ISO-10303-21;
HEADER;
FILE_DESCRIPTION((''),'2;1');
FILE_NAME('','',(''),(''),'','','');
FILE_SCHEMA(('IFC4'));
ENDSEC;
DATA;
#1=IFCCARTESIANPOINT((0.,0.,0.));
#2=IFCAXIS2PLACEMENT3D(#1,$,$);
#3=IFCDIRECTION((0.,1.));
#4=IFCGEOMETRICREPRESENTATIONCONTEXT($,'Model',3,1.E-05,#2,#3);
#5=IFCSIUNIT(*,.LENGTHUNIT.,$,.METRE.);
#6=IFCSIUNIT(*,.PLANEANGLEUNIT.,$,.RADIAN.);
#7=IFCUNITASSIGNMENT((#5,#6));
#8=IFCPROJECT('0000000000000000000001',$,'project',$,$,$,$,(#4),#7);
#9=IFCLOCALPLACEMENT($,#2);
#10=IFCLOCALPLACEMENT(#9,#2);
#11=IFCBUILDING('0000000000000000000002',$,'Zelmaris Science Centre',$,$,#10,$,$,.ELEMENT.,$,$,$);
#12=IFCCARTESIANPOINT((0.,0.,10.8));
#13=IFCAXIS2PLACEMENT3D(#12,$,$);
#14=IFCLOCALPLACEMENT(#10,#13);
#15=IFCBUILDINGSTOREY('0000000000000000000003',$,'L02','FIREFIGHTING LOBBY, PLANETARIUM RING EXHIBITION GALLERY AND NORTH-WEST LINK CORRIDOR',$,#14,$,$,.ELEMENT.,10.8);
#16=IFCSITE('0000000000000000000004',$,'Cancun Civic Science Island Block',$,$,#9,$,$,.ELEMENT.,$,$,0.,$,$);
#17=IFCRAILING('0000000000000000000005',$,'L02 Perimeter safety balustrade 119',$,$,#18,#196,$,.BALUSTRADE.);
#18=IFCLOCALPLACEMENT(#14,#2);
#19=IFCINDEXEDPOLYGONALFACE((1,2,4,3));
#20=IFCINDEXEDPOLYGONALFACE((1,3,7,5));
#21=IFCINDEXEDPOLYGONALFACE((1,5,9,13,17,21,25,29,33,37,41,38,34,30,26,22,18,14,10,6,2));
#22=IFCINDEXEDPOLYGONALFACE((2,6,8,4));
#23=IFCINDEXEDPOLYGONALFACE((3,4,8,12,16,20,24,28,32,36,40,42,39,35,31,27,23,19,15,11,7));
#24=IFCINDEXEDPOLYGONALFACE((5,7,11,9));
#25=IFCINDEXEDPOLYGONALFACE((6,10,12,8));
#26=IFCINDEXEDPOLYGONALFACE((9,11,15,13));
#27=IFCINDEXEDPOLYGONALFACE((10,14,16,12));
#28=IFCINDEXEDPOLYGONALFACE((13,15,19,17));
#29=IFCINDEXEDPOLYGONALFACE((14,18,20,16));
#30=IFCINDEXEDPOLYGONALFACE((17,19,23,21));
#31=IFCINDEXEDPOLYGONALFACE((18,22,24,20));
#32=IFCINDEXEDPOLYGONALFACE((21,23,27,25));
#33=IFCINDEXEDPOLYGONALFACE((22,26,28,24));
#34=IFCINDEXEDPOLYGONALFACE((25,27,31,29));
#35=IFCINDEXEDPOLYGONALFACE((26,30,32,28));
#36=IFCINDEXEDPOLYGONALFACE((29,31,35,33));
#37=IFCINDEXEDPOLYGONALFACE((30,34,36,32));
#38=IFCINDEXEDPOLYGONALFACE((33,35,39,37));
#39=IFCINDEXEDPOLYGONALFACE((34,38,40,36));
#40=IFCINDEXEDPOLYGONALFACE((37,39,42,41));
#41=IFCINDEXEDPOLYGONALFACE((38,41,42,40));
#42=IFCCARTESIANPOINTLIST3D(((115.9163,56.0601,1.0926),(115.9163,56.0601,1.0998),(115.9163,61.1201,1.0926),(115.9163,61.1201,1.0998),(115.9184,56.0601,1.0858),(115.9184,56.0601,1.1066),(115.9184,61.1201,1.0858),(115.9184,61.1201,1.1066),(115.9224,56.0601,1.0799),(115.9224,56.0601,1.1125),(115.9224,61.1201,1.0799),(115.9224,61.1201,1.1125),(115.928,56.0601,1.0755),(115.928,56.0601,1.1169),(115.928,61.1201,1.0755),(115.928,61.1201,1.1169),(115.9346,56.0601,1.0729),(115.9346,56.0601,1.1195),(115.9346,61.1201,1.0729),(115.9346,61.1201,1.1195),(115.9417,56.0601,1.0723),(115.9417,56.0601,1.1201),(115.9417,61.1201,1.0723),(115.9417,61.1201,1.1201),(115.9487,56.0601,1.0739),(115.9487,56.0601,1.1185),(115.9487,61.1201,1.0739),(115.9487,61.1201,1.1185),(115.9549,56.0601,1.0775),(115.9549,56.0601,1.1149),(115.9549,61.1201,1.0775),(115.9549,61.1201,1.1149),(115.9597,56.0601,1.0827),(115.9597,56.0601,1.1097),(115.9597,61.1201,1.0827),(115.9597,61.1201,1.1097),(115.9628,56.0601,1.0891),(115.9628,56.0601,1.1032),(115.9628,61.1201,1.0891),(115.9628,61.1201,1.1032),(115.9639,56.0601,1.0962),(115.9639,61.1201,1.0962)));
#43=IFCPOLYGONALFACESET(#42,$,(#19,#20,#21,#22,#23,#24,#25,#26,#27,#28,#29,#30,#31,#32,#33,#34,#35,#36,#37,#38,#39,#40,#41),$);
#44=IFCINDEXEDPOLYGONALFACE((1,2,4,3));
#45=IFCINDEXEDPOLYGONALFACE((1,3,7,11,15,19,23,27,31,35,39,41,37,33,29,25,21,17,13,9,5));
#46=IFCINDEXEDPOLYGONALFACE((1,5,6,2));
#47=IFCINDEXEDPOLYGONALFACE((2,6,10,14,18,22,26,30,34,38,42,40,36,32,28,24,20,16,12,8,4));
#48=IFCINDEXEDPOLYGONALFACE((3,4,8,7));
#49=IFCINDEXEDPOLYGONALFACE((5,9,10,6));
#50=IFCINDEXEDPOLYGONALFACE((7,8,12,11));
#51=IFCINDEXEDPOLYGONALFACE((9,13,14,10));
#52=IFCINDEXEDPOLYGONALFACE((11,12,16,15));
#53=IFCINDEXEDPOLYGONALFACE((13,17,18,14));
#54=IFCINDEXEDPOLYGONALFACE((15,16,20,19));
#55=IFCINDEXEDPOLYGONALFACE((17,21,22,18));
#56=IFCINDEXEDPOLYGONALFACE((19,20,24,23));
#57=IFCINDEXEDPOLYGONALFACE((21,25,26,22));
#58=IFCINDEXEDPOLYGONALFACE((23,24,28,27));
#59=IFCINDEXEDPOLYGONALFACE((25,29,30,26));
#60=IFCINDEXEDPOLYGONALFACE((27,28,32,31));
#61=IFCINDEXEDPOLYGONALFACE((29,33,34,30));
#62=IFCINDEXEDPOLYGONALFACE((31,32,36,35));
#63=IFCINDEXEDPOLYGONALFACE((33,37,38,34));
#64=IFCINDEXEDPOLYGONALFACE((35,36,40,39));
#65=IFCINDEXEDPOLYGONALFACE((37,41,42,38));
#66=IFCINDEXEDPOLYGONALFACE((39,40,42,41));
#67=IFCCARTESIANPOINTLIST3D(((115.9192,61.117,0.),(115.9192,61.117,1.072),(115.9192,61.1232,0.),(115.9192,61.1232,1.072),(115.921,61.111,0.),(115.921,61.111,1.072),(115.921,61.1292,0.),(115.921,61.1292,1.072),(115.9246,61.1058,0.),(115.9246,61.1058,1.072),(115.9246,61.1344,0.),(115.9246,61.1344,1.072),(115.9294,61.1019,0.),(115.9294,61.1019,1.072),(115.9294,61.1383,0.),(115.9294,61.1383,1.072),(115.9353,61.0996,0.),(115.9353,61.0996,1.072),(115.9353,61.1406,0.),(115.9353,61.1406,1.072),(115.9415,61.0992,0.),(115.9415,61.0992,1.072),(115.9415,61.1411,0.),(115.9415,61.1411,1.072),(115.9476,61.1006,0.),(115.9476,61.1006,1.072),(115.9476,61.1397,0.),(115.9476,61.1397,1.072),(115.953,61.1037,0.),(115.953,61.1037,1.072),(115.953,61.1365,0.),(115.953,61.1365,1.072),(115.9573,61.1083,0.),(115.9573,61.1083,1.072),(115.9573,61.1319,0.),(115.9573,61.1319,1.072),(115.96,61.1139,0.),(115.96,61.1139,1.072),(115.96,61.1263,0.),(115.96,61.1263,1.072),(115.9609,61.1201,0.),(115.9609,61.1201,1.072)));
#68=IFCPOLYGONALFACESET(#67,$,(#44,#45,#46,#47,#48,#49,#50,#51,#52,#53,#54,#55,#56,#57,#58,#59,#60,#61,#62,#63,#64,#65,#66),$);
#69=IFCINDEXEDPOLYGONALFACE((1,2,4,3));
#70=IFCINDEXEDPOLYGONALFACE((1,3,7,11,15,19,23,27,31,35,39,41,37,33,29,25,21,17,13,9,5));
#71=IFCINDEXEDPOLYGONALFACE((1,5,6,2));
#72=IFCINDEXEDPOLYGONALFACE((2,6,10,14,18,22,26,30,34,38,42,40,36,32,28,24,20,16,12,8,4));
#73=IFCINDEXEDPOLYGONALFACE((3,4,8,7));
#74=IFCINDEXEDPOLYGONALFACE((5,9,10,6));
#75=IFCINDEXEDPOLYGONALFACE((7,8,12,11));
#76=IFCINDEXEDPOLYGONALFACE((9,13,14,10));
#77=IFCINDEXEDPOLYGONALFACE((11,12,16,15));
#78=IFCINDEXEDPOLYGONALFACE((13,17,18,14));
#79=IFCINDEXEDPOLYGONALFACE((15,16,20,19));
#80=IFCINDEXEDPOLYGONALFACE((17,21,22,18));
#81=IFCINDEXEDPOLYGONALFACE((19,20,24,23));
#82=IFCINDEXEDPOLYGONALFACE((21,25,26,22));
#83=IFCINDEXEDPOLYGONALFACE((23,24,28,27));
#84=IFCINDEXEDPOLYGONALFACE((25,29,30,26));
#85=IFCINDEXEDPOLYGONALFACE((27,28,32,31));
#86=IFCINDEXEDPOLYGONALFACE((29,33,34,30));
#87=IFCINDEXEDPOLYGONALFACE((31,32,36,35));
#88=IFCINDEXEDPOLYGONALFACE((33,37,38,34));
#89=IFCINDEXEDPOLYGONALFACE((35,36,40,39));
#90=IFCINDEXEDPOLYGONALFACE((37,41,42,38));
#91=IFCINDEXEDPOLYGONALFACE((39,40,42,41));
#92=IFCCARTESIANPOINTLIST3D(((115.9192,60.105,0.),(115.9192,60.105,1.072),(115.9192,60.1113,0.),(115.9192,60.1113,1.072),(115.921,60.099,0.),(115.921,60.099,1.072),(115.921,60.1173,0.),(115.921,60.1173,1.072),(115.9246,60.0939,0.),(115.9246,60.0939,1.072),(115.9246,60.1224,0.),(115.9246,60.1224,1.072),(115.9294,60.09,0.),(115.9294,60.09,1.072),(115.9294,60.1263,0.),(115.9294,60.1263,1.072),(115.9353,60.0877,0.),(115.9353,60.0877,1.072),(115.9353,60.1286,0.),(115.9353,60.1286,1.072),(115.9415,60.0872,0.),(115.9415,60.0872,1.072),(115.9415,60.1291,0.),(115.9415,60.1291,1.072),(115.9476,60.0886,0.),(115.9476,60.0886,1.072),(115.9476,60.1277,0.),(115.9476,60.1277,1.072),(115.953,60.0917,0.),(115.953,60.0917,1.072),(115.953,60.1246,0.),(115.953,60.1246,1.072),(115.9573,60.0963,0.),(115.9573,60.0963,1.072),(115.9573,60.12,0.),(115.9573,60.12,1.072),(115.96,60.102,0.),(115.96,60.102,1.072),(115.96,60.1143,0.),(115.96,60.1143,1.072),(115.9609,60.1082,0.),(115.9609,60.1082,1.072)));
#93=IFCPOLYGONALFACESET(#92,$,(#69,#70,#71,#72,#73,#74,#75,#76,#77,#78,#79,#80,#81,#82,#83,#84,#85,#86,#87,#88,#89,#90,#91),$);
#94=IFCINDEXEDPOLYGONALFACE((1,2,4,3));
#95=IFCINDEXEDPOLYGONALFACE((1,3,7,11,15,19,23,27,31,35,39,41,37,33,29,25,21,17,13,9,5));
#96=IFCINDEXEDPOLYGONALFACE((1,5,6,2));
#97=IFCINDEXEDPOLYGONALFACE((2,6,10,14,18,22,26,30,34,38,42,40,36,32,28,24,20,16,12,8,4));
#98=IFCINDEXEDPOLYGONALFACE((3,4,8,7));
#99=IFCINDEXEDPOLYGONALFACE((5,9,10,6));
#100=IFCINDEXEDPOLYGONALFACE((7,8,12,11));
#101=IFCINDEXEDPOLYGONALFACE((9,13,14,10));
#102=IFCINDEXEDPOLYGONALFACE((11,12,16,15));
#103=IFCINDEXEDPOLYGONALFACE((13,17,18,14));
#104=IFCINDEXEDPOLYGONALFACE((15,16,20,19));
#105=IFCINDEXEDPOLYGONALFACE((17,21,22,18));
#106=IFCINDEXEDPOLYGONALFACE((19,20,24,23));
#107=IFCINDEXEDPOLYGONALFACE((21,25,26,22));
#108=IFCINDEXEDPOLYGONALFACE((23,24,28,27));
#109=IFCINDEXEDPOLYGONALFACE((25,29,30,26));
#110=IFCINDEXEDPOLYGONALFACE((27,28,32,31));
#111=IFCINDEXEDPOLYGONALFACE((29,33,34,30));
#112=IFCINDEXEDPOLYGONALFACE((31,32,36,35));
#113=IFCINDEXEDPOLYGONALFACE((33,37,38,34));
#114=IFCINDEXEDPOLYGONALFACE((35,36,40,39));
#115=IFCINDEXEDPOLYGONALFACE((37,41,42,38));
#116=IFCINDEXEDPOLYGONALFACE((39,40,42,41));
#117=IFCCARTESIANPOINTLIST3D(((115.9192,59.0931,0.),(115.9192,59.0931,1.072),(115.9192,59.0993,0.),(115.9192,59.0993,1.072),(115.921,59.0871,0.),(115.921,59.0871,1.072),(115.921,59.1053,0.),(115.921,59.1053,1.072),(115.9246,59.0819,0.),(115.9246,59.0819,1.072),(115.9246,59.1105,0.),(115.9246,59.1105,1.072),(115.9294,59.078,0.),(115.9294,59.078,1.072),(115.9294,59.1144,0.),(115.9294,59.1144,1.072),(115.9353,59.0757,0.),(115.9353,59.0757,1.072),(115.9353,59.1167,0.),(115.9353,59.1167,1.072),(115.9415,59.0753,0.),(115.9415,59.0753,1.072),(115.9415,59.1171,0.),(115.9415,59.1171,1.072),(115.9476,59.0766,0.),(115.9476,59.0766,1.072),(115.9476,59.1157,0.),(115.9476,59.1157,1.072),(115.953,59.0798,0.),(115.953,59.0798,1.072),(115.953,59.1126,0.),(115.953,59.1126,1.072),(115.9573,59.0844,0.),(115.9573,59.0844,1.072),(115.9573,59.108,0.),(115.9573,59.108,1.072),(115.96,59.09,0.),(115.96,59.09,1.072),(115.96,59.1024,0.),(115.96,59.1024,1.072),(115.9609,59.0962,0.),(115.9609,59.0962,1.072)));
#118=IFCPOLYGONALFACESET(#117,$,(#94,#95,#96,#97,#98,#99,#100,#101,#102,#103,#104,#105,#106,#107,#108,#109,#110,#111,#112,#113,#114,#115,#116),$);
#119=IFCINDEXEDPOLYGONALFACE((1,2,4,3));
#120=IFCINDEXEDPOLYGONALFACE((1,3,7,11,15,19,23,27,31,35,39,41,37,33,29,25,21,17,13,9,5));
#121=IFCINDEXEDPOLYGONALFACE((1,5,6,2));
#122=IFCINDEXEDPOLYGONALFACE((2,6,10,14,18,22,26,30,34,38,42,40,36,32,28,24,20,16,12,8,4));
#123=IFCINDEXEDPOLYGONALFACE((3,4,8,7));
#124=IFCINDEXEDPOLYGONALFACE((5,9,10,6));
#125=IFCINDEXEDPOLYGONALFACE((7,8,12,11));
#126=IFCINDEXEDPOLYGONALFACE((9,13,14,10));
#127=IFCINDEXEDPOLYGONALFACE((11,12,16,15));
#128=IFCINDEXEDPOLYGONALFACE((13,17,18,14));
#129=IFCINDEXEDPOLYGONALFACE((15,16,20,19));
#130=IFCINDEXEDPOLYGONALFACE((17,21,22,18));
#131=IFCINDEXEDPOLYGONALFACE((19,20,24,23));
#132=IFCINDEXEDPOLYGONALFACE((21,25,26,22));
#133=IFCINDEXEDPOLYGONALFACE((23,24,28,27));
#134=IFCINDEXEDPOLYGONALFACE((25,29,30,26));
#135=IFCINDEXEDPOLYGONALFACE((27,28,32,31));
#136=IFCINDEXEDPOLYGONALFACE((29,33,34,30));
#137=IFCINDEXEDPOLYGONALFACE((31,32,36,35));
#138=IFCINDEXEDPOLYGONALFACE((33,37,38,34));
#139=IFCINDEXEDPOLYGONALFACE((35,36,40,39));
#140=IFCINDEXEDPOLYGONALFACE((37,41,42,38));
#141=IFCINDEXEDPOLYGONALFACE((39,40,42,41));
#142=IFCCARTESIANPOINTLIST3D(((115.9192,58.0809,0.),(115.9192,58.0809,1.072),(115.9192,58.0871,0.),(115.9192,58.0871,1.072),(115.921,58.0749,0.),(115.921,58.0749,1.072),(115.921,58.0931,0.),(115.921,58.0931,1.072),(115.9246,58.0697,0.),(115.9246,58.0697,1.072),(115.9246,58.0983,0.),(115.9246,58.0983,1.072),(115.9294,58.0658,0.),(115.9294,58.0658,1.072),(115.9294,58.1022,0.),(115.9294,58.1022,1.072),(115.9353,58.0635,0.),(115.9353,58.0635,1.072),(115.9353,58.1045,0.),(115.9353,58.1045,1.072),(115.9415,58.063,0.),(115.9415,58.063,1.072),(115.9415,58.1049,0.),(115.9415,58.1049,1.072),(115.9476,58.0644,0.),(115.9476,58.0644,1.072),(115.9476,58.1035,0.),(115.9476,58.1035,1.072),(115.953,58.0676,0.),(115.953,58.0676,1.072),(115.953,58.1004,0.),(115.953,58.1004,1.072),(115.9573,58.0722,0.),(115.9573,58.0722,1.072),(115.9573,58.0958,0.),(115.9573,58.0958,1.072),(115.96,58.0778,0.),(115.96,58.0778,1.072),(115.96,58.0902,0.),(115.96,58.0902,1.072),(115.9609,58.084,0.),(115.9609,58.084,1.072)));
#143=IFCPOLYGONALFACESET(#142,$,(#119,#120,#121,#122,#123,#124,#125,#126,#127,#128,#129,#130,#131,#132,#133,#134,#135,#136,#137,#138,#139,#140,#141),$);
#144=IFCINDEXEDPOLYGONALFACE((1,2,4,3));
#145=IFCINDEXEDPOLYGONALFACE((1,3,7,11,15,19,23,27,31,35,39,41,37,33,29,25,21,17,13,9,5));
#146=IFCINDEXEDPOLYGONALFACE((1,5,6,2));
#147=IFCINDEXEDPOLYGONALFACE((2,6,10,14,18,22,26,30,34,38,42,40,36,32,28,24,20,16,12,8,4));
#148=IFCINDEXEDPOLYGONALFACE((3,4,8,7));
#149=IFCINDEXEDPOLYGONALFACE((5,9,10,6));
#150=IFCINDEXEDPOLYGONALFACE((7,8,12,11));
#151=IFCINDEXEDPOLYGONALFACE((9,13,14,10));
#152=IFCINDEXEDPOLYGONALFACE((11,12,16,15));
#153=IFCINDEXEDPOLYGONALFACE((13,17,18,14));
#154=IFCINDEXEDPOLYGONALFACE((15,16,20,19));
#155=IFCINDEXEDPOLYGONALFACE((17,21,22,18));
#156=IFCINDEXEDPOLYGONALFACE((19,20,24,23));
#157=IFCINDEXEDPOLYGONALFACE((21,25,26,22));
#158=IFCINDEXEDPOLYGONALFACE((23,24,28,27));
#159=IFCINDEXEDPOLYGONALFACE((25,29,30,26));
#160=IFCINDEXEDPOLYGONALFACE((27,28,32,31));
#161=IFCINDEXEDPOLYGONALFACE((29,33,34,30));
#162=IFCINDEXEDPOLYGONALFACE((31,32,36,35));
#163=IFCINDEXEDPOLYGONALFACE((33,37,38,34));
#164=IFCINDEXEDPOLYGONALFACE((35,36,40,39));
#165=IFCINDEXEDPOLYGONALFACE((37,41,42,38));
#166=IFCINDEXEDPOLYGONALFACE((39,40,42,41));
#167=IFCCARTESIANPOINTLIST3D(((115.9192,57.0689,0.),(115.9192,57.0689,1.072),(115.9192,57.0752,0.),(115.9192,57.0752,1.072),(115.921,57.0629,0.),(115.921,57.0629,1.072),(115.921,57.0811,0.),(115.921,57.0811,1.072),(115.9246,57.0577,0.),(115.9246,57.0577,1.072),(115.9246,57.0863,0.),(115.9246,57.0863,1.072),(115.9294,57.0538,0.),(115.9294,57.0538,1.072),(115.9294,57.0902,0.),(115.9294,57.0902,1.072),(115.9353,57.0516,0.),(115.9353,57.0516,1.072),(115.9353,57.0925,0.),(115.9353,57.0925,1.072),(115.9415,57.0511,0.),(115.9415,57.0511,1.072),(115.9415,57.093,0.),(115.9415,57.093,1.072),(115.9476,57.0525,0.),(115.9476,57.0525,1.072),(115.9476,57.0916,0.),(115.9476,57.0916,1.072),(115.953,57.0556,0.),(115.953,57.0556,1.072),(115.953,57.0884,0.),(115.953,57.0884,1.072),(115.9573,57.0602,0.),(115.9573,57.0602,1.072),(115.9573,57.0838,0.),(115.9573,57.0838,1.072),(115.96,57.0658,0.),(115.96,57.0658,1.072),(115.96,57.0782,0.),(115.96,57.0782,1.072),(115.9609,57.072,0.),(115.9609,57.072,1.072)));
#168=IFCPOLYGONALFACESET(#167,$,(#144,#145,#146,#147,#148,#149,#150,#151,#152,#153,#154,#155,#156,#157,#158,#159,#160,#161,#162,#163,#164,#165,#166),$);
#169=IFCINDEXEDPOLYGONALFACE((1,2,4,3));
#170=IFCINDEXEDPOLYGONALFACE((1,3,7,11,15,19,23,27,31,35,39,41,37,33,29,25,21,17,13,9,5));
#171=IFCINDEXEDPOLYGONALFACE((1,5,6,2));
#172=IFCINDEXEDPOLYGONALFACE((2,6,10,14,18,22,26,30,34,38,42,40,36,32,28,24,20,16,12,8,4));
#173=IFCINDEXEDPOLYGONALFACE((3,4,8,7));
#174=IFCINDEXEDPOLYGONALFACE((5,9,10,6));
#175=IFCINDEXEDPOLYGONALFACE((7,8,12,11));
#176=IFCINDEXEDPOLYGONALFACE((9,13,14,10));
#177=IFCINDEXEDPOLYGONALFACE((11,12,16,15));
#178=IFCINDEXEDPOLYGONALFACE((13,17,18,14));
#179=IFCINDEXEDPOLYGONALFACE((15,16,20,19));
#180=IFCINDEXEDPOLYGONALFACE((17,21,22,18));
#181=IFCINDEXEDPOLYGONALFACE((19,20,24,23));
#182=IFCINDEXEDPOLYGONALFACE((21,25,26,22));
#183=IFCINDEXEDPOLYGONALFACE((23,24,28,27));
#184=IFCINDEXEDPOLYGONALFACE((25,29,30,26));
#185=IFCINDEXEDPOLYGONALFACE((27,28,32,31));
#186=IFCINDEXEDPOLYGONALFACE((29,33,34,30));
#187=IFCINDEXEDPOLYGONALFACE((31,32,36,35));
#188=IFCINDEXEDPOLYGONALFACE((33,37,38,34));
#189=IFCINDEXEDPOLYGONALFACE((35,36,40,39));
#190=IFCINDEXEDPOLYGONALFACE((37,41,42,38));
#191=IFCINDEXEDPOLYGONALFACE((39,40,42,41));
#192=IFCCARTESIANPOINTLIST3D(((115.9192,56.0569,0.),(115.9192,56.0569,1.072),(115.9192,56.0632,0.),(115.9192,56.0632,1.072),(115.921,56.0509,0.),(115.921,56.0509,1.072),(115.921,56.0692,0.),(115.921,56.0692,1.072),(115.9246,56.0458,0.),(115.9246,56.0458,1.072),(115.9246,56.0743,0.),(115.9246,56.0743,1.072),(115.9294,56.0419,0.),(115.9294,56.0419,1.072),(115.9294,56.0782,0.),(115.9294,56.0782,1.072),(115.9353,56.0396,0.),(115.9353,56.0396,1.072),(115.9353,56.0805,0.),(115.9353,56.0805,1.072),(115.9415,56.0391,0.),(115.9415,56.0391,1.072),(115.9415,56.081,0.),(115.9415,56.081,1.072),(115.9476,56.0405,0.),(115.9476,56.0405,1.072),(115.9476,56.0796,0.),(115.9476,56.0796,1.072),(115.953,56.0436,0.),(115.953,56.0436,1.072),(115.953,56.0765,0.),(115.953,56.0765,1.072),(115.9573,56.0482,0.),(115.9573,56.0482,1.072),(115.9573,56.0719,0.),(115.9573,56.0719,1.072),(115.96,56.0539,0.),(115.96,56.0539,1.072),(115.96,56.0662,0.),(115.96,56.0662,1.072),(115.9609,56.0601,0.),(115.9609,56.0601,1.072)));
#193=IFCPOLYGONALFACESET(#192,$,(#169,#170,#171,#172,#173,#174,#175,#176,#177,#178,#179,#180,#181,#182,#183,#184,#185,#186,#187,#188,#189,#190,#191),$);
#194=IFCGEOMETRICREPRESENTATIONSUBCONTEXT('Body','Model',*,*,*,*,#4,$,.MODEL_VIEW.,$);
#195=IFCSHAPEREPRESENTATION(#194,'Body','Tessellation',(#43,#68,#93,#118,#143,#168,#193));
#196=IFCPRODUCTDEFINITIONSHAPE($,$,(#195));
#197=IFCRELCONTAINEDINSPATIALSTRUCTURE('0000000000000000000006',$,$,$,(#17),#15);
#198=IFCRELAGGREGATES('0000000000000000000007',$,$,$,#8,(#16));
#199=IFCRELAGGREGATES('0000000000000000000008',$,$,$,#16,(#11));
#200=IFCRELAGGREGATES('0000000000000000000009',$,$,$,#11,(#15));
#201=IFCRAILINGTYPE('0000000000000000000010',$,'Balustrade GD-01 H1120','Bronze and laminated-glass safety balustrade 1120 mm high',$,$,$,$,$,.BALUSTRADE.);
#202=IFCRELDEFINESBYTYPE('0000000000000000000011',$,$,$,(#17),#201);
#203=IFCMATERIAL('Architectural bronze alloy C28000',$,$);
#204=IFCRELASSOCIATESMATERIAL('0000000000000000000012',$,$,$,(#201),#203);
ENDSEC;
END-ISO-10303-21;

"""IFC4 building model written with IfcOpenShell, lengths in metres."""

from ifc_helpers import new_model, si_unit, direction, frame, origin, origin_2d, place, context, subcontext, project, spatial, circle, extrude, material, type_object, element, save


model = new_model("IFC4")

# Units and contexts
model_context = context("Model", 3, precision=1e-05, world=origin(), true_north=direction((0.0, 1.0)))
body_context = subcontext(model_context, "Body", "Model", "MODEL_VIEW")
ifc_project = project(units=[si_unit("LENGTHUNIT", "METRE"), si_unit("PLANEANGLEUNIT", "RADIAN")], contexts=[model_context])

# Site, building, storey
site_placement = place(None, origin())
site = spatial("IfcSite", under=ifc_project, at=site_placement, Name="Cancun Civic Science Island Block", CompositionType="ELEMENT", RefElevation=0.0)
building_placement = place(site_placement, origin())
building = spatial("IfcBuilding", under=site, at=building_placement, Name="Zelmaris Science Centre", CompositionType="ELEMENT")
storey_placement = place(building_placement, frame((0.0, 0.0, 10.8)))
storey = spatial("IfcBuildingStorey", under=building, at=storey_placement, Name="L02", Description="FIREFIGHTING LOBBY, PLANETARIUM RING EXHIBITION GALLERY AND NORTH-WEST LINK CORRIDOR", CompositionType="ELEMENT", Elevation=10.8)

# Railing
ifc_material_1 = material(Name="Architectural bronze alloy C28000")
railing_type = type_object("IfcRailingType", Name="Balustrade GD-01 H1120", Description="Bronze and laminated-glass safety balustrade 1120 mm high", PredefinedType="BALUSTRADE", material=ifc_material_1)
railing_1_placement = place(storey_placement, frame((115.9399, 61.1201, 0.0)))
element("IfcRailing", 1, at=railing_1_placement, inside=storey, type_object=railing_type, Name="L02 Perimeter safety balustrade 119", PredefinedType="BALUSTRADE", context=body_context, shape_type="SweptSolid", body=[
    extrude(circle(Radius=0.0239, at=origin_2d()), frame((0.0, 0.0, 1.0962), z_axis=(0.0, -1.0, 0.0), x_axis=(1.0, 0.0, 0.0)), (0.0, 0.0, 1.0), 5.0601),
    extrude(circle(Radius=0.021, at=origin_2d()), origin(), (0.0, 0.0, 1.0), 1.072),
    extrude(circle(Radius=0.021, at=origin_2d()), frame((0.0, -1.012, 0.0)), (0.0, 0.0, 1.0), 1.072),
    extrude(circle(Radius=0.021, at=origin_2d()), frame((0.0, -2.0239, 0.0)), (0.0, 0.0, 1.0), 1.072),
    extrude(circle(Radius=0.021, at=origin_2d()), frame((0.0, -3.0361, 0.0)), (0.0, 0.0, 1.0), 1.072),
    extrude(circle(Radius=0.021, at=origin_2d()), frame((0.0, -4.0481, 0.0)), (0.0, 0.0, 1.0), 1.072),
    extrude(circle(Radius=0.021, at=origin_2d()), frame((0.0, -5.0601, 0.0)), (0.0, 0.0, 1.0), 1.072),
])

save(model, "model.ifc")
